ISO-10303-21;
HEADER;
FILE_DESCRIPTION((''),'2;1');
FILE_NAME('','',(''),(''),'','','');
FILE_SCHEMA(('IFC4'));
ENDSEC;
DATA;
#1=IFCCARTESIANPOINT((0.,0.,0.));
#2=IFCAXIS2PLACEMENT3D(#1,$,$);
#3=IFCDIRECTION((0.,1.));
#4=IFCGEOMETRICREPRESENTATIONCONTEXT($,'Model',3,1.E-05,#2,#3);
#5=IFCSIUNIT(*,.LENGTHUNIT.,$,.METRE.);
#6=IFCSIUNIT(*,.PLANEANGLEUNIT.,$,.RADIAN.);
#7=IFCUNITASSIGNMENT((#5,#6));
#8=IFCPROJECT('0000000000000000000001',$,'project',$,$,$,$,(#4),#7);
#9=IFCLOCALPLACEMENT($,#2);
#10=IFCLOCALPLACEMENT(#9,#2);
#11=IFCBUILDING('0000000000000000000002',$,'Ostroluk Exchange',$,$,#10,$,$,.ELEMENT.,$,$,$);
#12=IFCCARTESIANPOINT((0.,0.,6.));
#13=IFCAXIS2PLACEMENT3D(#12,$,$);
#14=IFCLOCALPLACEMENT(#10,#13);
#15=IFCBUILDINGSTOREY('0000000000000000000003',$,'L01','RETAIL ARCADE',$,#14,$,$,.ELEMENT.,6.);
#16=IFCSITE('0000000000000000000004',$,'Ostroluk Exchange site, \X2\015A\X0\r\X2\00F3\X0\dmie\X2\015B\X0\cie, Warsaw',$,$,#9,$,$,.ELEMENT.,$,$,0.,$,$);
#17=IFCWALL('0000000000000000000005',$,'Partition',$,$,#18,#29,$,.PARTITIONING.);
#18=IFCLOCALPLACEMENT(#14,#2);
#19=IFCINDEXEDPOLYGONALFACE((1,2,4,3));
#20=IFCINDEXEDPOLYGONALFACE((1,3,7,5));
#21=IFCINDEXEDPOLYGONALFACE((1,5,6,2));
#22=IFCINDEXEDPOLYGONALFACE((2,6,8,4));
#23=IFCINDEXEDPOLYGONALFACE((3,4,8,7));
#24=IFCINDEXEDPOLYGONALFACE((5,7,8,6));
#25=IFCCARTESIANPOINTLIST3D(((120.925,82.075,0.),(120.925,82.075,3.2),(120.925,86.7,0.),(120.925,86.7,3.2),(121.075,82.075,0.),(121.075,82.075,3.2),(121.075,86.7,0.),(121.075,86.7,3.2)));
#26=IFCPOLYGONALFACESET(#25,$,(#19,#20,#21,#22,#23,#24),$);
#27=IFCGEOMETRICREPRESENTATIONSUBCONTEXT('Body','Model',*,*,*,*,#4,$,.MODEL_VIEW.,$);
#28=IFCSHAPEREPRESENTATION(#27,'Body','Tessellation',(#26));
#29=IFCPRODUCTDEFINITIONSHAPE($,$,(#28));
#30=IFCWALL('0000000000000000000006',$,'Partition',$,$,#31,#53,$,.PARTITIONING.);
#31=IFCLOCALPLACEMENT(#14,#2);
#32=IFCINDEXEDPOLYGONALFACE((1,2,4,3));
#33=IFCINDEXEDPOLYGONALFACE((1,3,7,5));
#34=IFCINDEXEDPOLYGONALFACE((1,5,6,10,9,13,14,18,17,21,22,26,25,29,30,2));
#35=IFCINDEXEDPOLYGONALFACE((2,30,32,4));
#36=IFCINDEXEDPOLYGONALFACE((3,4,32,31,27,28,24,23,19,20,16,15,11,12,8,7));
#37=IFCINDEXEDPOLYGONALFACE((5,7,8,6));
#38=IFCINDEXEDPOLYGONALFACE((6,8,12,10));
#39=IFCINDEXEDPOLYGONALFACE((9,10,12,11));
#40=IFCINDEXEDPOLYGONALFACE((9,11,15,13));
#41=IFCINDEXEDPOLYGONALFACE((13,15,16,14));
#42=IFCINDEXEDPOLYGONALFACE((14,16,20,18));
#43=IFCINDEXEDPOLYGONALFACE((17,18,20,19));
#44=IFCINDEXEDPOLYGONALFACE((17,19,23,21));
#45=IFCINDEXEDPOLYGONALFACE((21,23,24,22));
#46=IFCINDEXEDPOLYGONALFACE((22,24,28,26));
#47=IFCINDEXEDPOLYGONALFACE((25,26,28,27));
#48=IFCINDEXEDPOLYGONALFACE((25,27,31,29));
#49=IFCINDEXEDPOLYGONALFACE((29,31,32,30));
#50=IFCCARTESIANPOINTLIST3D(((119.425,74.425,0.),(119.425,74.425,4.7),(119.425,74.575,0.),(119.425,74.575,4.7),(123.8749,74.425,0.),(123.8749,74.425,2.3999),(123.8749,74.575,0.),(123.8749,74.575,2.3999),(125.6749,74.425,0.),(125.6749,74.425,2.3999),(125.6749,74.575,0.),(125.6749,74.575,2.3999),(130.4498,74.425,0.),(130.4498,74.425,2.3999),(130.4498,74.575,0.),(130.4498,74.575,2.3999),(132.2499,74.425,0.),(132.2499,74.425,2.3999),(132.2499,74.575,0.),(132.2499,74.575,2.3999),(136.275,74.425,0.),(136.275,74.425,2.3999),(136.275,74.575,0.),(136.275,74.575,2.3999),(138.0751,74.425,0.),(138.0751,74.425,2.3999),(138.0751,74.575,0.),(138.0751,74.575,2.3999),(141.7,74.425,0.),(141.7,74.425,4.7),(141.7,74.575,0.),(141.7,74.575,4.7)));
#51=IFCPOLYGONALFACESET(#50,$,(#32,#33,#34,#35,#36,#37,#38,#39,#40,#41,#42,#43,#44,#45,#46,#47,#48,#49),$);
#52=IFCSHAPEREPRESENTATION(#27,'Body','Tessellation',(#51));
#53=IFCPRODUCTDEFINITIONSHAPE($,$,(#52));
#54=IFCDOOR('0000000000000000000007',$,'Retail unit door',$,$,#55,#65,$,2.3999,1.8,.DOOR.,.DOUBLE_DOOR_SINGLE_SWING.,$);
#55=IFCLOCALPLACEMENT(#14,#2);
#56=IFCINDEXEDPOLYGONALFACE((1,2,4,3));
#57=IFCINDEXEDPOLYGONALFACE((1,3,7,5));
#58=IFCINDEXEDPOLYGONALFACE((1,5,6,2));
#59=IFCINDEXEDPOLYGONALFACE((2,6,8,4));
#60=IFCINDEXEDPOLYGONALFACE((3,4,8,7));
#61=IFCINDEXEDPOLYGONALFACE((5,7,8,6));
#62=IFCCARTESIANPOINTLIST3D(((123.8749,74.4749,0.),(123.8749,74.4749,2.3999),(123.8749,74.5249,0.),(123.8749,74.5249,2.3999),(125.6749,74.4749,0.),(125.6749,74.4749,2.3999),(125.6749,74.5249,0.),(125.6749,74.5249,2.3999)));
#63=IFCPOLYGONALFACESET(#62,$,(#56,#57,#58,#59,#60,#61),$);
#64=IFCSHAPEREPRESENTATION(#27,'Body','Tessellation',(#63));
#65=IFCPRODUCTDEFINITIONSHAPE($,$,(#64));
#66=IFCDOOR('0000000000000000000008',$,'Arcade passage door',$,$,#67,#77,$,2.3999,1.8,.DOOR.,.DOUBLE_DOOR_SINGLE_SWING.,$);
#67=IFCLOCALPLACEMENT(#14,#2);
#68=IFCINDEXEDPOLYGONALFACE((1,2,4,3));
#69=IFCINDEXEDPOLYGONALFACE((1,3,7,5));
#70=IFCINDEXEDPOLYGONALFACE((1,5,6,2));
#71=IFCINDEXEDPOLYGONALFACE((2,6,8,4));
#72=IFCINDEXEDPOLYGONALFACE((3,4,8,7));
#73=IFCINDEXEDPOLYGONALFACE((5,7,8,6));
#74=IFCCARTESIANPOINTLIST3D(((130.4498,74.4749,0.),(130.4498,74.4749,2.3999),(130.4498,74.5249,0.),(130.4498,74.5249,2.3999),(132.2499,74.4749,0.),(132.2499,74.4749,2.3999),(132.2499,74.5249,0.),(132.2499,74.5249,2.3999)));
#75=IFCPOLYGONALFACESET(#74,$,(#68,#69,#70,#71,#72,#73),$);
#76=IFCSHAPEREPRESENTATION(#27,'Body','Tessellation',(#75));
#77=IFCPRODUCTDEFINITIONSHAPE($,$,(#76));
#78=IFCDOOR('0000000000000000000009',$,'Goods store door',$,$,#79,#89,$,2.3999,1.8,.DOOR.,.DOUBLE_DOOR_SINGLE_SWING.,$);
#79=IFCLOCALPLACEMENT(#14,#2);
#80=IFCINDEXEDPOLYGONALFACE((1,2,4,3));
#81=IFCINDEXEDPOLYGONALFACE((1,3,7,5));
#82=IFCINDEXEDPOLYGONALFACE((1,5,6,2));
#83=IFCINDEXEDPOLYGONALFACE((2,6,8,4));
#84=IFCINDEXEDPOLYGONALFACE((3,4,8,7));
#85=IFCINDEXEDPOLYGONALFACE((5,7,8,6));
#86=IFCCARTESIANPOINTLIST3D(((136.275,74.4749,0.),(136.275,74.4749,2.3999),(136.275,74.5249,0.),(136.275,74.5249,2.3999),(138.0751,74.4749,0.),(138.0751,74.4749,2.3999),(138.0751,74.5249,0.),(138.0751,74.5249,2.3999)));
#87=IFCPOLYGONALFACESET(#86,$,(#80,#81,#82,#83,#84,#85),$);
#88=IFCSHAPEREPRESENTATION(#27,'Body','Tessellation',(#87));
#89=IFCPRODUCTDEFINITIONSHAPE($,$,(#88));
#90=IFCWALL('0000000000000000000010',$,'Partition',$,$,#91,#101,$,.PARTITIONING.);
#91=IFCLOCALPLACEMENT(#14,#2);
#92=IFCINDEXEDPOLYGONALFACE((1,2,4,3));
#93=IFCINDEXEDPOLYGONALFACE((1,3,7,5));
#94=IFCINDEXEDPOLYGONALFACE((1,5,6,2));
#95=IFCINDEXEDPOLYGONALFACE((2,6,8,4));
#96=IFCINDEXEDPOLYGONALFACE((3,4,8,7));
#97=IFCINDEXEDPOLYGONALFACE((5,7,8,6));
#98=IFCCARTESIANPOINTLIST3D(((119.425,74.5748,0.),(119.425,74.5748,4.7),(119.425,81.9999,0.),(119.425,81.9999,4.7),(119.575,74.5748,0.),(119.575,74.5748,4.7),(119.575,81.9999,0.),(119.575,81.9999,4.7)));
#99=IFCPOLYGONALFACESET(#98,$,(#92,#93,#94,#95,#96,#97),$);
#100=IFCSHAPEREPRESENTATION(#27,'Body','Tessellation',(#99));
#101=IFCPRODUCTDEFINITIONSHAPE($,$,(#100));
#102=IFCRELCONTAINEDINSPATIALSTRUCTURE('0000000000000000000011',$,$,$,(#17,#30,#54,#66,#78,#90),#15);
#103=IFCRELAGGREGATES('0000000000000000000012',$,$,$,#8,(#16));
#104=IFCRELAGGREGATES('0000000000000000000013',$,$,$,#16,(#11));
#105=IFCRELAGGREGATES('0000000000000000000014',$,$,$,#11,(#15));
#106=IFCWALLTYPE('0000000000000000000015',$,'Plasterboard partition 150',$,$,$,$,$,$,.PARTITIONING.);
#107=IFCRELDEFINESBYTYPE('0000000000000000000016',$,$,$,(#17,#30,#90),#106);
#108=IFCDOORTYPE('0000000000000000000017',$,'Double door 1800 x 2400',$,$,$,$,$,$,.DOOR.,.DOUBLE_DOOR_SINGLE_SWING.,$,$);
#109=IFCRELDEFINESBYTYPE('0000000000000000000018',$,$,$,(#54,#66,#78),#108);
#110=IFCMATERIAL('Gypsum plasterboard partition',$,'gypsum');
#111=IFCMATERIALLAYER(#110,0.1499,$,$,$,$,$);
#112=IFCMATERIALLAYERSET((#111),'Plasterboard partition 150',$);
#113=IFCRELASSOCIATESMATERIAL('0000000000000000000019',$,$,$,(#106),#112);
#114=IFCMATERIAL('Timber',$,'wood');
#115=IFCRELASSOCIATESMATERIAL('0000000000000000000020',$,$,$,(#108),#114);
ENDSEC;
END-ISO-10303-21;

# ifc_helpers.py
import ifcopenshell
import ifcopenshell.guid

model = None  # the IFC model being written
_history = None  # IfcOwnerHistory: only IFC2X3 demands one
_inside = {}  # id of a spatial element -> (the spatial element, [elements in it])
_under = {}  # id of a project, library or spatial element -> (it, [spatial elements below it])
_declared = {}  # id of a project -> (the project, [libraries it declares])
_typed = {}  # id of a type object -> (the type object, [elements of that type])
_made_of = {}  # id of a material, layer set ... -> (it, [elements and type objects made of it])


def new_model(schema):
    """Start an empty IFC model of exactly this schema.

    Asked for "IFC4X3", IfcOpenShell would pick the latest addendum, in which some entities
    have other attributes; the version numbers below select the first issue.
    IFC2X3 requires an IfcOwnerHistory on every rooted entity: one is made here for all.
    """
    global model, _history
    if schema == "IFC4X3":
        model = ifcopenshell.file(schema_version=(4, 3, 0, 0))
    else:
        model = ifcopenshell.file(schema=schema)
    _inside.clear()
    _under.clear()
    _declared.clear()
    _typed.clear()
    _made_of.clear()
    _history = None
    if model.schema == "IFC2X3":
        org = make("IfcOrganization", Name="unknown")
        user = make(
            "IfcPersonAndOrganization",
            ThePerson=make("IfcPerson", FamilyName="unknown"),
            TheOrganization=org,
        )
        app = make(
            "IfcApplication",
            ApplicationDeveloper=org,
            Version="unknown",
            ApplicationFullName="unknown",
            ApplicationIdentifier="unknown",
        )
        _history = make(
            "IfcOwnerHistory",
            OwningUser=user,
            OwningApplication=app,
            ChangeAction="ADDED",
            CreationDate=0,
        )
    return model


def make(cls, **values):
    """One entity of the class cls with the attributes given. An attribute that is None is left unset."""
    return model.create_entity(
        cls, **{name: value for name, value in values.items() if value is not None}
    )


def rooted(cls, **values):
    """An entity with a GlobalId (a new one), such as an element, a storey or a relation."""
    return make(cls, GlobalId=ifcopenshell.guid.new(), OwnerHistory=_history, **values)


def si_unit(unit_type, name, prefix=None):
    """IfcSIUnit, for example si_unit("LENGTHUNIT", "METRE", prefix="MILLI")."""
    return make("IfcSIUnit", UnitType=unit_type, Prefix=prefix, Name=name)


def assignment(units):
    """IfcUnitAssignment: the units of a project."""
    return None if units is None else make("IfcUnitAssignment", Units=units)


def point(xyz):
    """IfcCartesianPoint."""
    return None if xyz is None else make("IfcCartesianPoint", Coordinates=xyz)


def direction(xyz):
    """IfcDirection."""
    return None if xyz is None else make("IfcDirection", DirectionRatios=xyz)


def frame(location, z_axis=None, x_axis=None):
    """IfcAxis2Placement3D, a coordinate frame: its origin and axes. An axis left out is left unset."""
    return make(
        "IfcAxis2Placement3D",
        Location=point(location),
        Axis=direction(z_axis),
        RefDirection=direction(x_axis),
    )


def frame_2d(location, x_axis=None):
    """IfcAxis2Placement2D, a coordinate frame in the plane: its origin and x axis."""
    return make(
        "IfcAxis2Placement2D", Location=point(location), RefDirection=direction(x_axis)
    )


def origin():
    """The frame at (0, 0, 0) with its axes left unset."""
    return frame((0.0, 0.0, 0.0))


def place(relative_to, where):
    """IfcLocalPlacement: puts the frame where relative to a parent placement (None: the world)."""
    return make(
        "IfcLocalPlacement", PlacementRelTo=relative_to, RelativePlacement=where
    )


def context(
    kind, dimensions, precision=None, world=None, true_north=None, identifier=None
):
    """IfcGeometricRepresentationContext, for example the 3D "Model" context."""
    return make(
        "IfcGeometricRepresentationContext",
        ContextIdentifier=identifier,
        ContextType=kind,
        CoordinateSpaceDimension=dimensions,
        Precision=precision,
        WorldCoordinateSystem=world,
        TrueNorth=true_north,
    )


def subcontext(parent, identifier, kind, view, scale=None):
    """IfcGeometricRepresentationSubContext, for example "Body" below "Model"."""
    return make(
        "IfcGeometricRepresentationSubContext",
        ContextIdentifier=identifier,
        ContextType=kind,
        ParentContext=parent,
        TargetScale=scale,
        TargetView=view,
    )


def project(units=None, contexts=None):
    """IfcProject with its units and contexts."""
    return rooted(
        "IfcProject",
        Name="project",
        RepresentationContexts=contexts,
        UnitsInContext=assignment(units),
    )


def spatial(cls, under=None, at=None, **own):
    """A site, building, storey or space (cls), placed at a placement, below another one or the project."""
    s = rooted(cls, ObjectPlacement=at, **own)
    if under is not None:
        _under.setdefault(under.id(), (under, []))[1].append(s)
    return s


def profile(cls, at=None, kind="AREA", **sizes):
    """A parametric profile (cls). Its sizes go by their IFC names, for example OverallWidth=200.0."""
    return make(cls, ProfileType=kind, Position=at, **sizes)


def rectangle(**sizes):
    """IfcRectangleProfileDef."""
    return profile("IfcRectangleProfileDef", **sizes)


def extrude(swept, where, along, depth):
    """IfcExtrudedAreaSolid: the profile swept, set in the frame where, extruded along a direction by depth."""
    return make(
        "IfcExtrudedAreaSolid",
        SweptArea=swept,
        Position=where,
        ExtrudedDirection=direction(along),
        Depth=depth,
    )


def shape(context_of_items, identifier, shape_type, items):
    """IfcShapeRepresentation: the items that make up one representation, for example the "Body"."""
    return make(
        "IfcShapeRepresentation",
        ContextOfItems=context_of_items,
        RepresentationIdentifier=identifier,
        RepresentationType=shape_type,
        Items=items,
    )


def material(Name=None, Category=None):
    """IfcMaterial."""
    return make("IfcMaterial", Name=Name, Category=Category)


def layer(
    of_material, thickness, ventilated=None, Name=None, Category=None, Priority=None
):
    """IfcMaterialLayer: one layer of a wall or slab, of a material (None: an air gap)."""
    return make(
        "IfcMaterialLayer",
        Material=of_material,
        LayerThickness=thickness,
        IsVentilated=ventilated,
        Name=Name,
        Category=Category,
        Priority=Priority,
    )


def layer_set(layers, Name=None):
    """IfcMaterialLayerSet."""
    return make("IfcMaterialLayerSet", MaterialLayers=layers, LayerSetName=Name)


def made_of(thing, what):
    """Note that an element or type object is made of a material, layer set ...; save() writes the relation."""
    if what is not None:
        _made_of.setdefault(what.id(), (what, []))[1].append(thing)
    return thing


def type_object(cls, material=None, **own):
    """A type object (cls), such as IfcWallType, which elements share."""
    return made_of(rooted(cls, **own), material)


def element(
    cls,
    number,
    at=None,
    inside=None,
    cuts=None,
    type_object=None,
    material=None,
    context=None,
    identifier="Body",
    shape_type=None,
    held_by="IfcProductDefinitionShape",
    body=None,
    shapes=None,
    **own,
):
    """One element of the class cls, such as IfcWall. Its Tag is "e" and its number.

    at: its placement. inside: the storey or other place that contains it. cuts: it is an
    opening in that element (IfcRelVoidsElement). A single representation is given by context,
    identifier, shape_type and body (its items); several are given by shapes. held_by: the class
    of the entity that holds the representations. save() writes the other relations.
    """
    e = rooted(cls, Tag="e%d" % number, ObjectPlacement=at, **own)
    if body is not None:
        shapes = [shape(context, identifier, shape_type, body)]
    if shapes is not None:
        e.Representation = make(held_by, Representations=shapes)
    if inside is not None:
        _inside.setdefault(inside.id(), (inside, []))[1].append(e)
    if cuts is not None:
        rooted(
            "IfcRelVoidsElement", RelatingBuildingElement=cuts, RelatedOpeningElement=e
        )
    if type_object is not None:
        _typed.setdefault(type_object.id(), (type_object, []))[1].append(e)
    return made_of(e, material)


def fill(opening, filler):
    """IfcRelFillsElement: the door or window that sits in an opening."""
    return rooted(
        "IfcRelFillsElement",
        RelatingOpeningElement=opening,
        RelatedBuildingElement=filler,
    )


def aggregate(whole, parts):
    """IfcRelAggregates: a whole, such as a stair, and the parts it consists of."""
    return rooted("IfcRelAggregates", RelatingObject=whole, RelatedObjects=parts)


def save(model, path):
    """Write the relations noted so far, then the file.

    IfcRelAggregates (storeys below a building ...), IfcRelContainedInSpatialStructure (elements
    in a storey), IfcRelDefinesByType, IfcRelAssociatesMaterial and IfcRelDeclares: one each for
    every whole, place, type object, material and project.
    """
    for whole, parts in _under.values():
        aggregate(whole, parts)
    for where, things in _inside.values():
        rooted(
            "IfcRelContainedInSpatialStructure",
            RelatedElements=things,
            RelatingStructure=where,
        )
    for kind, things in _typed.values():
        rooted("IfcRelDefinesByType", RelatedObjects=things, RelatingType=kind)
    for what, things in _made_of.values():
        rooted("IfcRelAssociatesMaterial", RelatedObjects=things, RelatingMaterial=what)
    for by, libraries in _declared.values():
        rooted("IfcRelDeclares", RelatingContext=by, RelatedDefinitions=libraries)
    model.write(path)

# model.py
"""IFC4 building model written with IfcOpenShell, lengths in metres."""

from ifc_helpers import new_model, si_unit, direction, frame, frame_2d, origin, place, context, subcontext, project, spatial, rectangle, extrude, material, layer, layer_set, type_object, element, fill, save


model = new_model("IFC4")

# Units and contexts
model_context = context("Model", 3, precision=1e-05, world=origin(), true_north=direction((0.0, 1.0)))
body_context = subcontext(model_context, "Body", "Model", "MODEL_VIEW")
ifc_project = project(units=[si_unit("LENGTHUNIT", "METRE"), si_unit("PLANEANGLEUNIT", "RADIAN")], contexts=[model_context])

# Site, building, storey
site_placement = place(None, origin())
site = spatial("IfcSite", under=ifc_project, at=site_placement, Name="Ostroluk Exchange site, Śródmieście, Warsaw", CompositionType="ELEMENT", RefElevation=0.0)
building_placement = place(site_placement, origin())
building = spatial("IfcBuilding", under=site, at=building_placement, Name="Ostroluk Exchange", CompositionType="ELEMENT")
storey_placement = place(building_placement, frame((0.0, 0.0, 6.0)))
storey = spatial("IfcBuildingStorey", under=building, at=storey_placement, Name="L01", Description="RETAIL ARCADE", CompositionType="ELEMENT", Elevation=6.0)

# Wall
ifc_material_1 = material(Name="Gypsum plasterboard partition", Category="gypsum")
ifc_layer_1 = layer(ifc_material_1, 0.1499)
ifc_layer_set_1 = layer_set([ifc_layer_1], Name="Plasterboard partition 150")
wall_type_1 = type_object("IfcWallType", Name="Plasterboard partition 150", PredefinedType="PARTITIONING", material=ifc_layer_set_1)
wall_1_placement = place(storey_placement, frame((121.0, 82.075, 0.0), z_axis=(0.0, 0.0, 1.0), x_axis=(0.0, 1.0, 0.0)))
element("IfcWall", 1, at=wall_1_placement, inside=storey, type_object=wall_type_1, Name="Partition", PredefinedType="PARTITIONING", context=body_context, shape_type="SweptSolid", body=[
    extrude(rectangle(XDim=4.625, YDim=0.1499, at=frame_2d((2.3125, 0.0))), origin(), (0.0, 0.0, 1.0), 3.2),
])

# Wall, openings, doors
wall_2_placement = place(storey_placement, frame((119.425, 74.5, 0.0), z_axis=(0.0, 0.0, 1.0), x_axis=(1.0, 0.0, 0.0)))
wall_2 = element("IfcWall", 2, at=wall_2_placement, inside=storey, type_object=wall_type_1, Name="Partition", PredefinedType="PARTITIONING", context=body_context, shape_type="SweptSolid", body=[
    extrude(rectangle(XDim=22.2749, YDim=0.1499, at=frame_2d((11.1375, 0.0))), origin(), (0.0, 0.0, 1.0), 4.7),
])
opening_1_placement = place(wall_2_placement, frame((4.45, 0.0, 0.0)))
opening_1 = element("IfcOpeningElement", 3, at=opening_1_placement, cuts=wall_2, PredefinedType="OPENING", context=body_context, shape_type="SweptSolid", body=[
    extrude(rectangle(XDim=1.8, YDim=2.3999, at=frame_2d((0.8999, 1.2))), frame((0.0, 0.085, 0.0), z_axis=(0.0, -1.0, 0.0), x_axis=(1.0, 0.0, 0.0)), (0.0, 0.0, 1.0), 0.1699),
])
opening_2_placement = place(wall_2_placement, frame((11.0249, 0.0, 0.0)))
opening_2 = element("IfcOpeningElement", 4, at=opening_2_placement, cuts=wall_2, PredefinedType="OPENING", context=body_context, shape_type="SweptSolid", body=[
    extrude(rectangle(XDim=1.8, YDim=2.3999, at=frame_2d((0.8999, 1.2))), frame((0.0, 0.085, 0.0), z_axis=(0.0, -1.0, 0.0), x_axis=(1.0, 0.0, 0.0)), (0.0, 0.0, 1.0), 0.1699),
])
opening_3_placement = place(wall_2_placement, frame((16.8501, 0.0, 0.0)))
opening_3 = element("IfcOpeningElement", 5, at=opening_3_placement, cuts=wall_2, PredefinedType="OPENING", context=body_context, shape_type="SweptSolid", body=[
    extrude(rectangle(XDim=1.8, YDim=2.3999, at=frame_2d((0.8999, 1.2))), frame((0.0, 0.085, 0.0), z_axis=(0.0, -1.0, 0.0), x_axis=(1.0, 0.0, 0.0)), (0.0, 0.0, 1.0), 0.1699),
])
ifc_material_2 = material(Name="Timber", Category="wood")
door_type = type_object("IfcDoorType", Name="Double door 1800 x 2400", OperationType="DOUBLE_DOOR_SINGLE_SWING", PredefinedType="DOOR", material=ifc_material_2)
door_1_placement = place(opening_1_placement, origin())
door_1 = element("IfcDoor", 6, at=door_1_placement, inside=storey, type_object=door_type, Name="Retail unit door", OperationType="DOUBLE_DOOR_SINGLE_SWING", OverallHeight=2.3999, OverallWidth=1.8, PredefinedType="DOOR", context=body_context, shape_type="SweptSolid", body=[
    extrude(rectangle(XDim=1.8, YDim=2.3999, at=frame_2d((0.8999, 1.2))), frame((0.0, 0.0249, 0.0), z_axis=(0.0, -1.0, 0.0), x_axis=(1.0, 0.0, 0.0)), (0.0, 0.0, 1.0), 0.05),
])
fill(opening_1, door_1)
door_2_placement = place(opening_2_placement, origin())
door_2 = element("IfcDoor", 7, at=door_2_placement, inside=storey, type_object=door_type, Name="Arcade passage door", OperationType="DOUBLE_DOOR_SINGLE_SWING", OverallHeight=2.3999, OverallWidth=1.8, PredefinedType="DOOR", context=body_context, shape_type="SweptSolid", body=[
    extrude(rectangle(XDim=1.8, YDim=2.3999, at=frame_2d((0.8999, 1.2))), frame((0.0, 0.0249, 0.0), z_axis=(0.0, -1.0, 0.0), x_axis=(1.0, 0.0, 0.0)), (0.0, 0.0, 1.0), 0.05),
])
fill(opening_2, door_2)
door_3_placement = place(opening_3_placement, origin())
door_3 = element("IfcDoor", 8, at=door_3_placement, inside=storey, type_object=door_type, Name="Goods store door", OperationType="DOUBLE_DOOR_SINGLE_SWING", OverallHeight=2.3999, OverallWidth=1.8, PredefinedType="DOOR", context=body_context, shape_type="SweptSolid", body=[
    extrude(rectangle(XDim=1.8, YDim=2.3999, at=frame_2d((0.8999, 1.2))), frame((0.0, 0.0249, 0.0), z_axis=(0.0, -1.0, 0.0), x_axis=(1.0, 0.0, 0.0)), (0.0, 0.0, 1.0), 0.05),
])
fill(opening_3, door_3)

# Wall
wall_3_placement = place(storey_placement, frame((119.5, 74.575, 0.0), z_axis=(0.0, 0.0, 1.0), x_axis=(0.0, 1.0, 0.0)))
element("IfcWall", 9, at=wall_3_placement, inside=storey, type_object=wall_type_1, Name="Partition", PredefinedType="PARTITIONING", context=body_context, shape_type="SweptSolid", body=[
    extrude(rectangle(XDim=7.425, YDim=0.1499, at=frame_2d((3.7124, 0.0))), origin(), (0.0, 0.0, 1.0), 4.7),
])

save(model, "model.ifc")
